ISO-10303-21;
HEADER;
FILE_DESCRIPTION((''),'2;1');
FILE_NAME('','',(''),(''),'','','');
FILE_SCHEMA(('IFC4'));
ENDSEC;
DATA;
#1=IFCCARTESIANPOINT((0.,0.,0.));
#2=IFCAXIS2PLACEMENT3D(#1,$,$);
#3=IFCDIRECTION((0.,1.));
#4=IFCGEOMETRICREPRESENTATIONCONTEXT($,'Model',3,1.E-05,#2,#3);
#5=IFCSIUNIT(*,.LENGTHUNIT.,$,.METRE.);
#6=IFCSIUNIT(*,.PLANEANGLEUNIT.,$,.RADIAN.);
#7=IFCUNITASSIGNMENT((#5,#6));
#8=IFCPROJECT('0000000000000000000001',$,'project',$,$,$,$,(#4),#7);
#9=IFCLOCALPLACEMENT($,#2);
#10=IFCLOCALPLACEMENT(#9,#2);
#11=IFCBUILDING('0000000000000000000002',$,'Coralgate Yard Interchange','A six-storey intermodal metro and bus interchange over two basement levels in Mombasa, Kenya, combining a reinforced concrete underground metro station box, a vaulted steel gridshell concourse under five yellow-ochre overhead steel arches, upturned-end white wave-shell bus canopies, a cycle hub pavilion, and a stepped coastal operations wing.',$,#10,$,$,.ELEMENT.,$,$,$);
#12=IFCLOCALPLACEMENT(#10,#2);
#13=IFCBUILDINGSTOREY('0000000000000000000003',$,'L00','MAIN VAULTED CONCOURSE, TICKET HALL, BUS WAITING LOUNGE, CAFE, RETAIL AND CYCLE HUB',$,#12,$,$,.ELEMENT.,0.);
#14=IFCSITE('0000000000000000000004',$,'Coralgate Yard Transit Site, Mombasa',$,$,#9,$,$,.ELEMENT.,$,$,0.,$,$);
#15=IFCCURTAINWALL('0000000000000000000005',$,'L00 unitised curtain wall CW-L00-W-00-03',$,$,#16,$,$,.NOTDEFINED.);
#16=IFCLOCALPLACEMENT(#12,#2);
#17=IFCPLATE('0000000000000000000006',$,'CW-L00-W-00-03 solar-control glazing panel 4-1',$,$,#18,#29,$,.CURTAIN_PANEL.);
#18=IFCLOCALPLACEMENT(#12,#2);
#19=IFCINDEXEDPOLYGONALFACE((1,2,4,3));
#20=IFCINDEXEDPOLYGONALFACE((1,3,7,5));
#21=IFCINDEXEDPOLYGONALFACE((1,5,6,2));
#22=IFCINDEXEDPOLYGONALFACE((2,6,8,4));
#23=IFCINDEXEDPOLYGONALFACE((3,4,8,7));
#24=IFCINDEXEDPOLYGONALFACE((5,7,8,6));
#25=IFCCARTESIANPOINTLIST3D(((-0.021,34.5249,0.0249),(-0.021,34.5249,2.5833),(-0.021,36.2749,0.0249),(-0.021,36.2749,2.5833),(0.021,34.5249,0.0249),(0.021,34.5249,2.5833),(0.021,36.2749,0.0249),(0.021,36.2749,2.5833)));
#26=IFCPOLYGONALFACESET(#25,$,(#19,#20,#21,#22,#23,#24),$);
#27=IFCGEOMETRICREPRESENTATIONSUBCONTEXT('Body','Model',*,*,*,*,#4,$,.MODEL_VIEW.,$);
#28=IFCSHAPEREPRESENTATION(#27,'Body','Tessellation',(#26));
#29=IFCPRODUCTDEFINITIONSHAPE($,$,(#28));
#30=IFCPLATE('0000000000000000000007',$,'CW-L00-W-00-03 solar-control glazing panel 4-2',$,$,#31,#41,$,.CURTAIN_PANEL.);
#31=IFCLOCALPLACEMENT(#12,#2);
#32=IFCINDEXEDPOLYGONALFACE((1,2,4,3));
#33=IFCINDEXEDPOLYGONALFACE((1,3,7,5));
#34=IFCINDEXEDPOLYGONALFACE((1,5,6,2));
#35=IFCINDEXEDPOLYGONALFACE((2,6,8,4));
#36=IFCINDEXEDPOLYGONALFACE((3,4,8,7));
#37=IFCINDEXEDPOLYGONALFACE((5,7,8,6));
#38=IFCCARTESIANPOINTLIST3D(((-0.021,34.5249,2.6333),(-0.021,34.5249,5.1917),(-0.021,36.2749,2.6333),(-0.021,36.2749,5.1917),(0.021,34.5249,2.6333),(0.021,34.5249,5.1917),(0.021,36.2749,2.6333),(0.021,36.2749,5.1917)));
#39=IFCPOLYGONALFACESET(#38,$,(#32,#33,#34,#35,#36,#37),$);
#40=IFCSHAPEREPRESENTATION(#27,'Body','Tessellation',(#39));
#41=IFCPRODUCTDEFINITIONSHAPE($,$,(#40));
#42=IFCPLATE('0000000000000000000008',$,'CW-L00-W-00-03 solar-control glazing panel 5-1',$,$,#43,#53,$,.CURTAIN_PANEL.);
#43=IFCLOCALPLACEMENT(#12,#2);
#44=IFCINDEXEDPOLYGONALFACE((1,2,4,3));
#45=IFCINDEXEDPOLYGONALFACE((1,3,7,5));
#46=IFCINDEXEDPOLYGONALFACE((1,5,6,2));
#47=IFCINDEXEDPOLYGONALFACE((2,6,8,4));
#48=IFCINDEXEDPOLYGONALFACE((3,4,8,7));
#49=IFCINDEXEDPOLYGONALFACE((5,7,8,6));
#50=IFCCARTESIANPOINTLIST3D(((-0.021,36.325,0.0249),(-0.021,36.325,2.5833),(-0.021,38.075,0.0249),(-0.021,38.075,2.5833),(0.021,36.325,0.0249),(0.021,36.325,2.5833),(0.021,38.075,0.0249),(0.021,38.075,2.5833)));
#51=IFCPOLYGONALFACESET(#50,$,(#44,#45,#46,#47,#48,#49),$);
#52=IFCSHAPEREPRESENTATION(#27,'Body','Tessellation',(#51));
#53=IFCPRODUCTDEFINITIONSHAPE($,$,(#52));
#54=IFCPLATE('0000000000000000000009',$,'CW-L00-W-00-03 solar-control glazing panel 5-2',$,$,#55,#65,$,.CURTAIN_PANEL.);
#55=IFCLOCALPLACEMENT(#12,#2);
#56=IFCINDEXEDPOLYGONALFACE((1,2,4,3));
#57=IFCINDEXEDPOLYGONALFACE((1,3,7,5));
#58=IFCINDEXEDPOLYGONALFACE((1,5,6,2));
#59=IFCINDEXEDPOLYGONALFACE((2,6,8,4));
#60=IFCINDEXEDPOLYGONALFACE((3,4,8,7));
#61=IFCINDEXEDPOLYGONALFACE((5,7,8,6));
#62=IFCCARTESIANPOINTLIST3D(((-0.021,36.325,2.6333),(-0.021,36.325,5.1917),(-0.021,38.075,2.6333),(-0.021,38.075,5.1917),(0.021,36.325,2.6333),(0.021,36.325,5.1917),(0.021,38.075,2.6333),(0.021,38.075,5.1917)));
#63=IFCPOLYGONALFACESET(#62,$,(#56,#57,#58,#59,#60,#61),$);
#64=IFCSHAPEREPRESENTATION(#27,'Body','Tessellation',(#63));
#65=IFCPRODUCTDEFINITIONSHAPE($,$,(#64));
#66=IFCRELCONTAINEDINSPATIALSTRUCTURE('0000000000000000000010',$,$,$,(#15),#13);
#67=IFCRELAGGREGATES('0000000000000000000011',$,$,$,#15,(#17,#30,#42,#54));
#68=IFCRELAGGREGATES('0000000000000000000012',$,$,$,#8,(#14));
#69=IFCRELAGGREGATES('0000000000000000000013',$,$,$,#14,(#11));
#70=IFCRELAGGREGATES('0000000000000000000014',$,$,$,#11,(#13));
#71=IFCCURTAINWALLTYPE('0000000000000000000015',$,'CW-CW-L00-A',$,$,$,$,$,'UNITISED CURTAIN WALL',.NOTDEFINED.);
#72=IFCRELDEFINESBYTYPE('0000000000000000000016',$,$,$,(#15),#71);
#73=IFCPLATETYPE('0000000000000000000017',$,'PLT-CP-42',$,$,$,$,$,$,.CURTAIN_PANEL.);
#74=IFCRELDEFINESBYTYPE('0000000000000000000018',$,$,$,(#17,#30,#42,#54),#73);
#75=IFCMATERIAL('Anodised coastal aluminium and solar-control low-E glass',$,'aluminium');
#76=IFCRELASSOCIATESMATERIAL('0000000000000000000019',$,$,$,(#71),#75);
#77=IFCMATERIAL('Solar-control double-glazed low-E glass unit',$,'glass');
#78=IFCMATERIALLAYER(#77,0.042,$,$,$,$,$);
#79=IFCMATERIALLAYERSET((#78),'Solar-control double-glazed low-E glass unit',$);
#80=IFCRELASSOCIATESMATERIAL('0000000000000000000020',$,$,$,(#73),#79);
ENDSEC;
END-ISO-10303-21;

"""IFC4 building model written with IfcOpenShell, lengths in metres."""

from ifc_helpers import new_model, si_unit, direction, frame, origin, origin_2d, place, context, subcontext, project, spatial, rectangle, extrude, material, layer, layer_set, type_object, element, aggregate, save


model = new_model("IFC4")

# Units and contexts
model_context = context("Model", 3, precision=1e-05, world=origin(), true_north=direction((0.0, 1.0)))
body_context = subcontext(model_context, "Body", "Model", "MODEL_VIEW")
ifc_project = project(units=[si_unit("LENGTHUNIT", "METRE"), si_unit("PLANEANGLEUNIT", "RADIAN")], contexts=[model_context])

# Site, building, storey
site_placement = place(None, origin())
site = spatial("IfcSite", under=ifc_project, at=site_placement, Name="Coralgate Yard Transit Site, Mombasa", CompositionType="ELEMENT", RefElevation=0.0)
building_placement = place(site_placement, origin())
building = spatial("IfcBuilding", under=site, at=building_placement, Name="Coralgate Yard Interchange", Description="A six-storey intermodal metro and bus interchange over two basement levels in Mombasa, Kenya, combining a reinforced concrete underground metro station box, a vaulted steel gridshell concourse under five yellow-ochre overhead steel arches, upturned-end white wave-shell bus canopies, a cycle hub pavilion, and a stepped coastal operations wing.", CompositionType="ELEMENT")
storey_placement = place(building_placement, origin())
storey = spatial("IfcBuildingStorey", under=building, at=storey_placement, Name="L00", Description="MAIN VAULTED CONCOURSE, TICKET HALL, BUS WAITING LOUNGE, CAFE, RETAIL AND CYCLE HUB", CompositionType="ELEMENT", Elevation=0.0)

# Curtain wall, plates
ifc_material_1 = material(Name="Anodised coastal aluminium and solar-control low-E glass", Category="aluminium")
curtain_wall_type = type_object("IfcCurtainWallType", Name="CW-CW-L00-A", ElementType="UNITISED CURTAIN WALL", PredefinedType="NOTDEFINED", material=ifc_material_1)
curtain_wall_placement = place(storey_placement, origin())
curtain_wall = element("IfcCurtainWall", 1, at=curtain_wall_placement, inside=storey, type_object=curtain_wall_type, Name="L00 unitised curtain wall CW-L00-W-00-03", PredefinedType="NOTDEFINED")
ifc_material_2 = material(Name="Solar-control double-glazed low-E glass unit", Category="glass")
ifc_layer = layer(ifc_material_2, 0.042)
ifc_layer_set = layer_set([ifc_layer], Name="Solar-control double-glazed low-E glass unit")
plate_type = type_object("IfcPlateType", Name="PLT-CP-42", PredefinedType="CURTAIN_PANEL", material=ifc_layer_set)
plate_1_placement = place(storey_placement, frame((0.0, 35.3999, 0.0249), z_axis=(0.0, 0.0, 1.0), x_axis=(0.0, 1.0, 0.0)))
plate_1 = element("IfcPlate", 2, at=plate_1_placement, type_object=plate_type, Name="CW-L00-W-00-03 solar-control glazing panel 4-1", PredefinedType="CURTAIN_PANEL", context=body_context, shape_type="SweptSolid", body=[
    extrude(rectangle(XDim=1.75, YDim=0.042, at=origin_2d()), origin(), (0.0, 0.0, 1.0), 2.5583),
])
plate_2_placement = place(storey_placement, frame((0.0, 35.3999, 2.6333), z_axis=(0.0, 0.0, 1.0), x_axis=(0.0, 1.0, 0.0)))
plate_2 = element("IfcPlate", 3, at=plate_2_placement, type_object=plate_type, Name="CW-L00-W-00-03 solar-control glazing panel 4-2", PredefinedType="CURTAIN_PANEL", context=body_context, shape_type="SweptSolid", body=[
    extrude(rectangle(XDim=1.75, YDim=0.042, at=origin_2d()), origin(), (0.0, 0.0, 1.0), 2.5583),
])
plate_3_placement = place(storey_placement, frame((0.0, 37.2, 0.0249), z_axis=(0.0, 0.0, 1.0), x_axis=(0.0, 1.0, 0.0)))
plate_3 = element("IfcPlate", 4, at=plate_3_placement, type_object=plate_type, Name="CW-L00-W-00-03 solar-control glazing panel 5-1", PredefinedType="CURTAIN_PANEL", context=body_context, shape_type="SweptSolid", body=[
    extrude(rectangle(XDim=1.75, YDim=0.042, at=origin_2d()), origin(), (0.0, 0.0, 1.0), 2.5583),
])
plate_4_placement = place(storey_placement, frame((0.0, 37.2, 2.6333), z_axis=(0.0, 0.0, 1.0), x_axis=(0.0, 1.0, 0.0)))
plate_4 = element("IfcPlate", 5, at=plate_4_placement, type_object=plate_type, Name="CW-L00-W-00-03 solar-control glazing panel 5-2", PredefinedType="CURTAIN_PANEL", context=body_context, shape_type="SweptSolid", body=[
    extrude(rectangle(XDim=1.75, YDim=0.042, at=origin_2d()), origin(), (0.0, 0.0, 1.0), 2.5583),
])
aggregate(curtain_wall, [plate_1, plate_2, plate_3, plate_4])

save(model, "model.ifc")
